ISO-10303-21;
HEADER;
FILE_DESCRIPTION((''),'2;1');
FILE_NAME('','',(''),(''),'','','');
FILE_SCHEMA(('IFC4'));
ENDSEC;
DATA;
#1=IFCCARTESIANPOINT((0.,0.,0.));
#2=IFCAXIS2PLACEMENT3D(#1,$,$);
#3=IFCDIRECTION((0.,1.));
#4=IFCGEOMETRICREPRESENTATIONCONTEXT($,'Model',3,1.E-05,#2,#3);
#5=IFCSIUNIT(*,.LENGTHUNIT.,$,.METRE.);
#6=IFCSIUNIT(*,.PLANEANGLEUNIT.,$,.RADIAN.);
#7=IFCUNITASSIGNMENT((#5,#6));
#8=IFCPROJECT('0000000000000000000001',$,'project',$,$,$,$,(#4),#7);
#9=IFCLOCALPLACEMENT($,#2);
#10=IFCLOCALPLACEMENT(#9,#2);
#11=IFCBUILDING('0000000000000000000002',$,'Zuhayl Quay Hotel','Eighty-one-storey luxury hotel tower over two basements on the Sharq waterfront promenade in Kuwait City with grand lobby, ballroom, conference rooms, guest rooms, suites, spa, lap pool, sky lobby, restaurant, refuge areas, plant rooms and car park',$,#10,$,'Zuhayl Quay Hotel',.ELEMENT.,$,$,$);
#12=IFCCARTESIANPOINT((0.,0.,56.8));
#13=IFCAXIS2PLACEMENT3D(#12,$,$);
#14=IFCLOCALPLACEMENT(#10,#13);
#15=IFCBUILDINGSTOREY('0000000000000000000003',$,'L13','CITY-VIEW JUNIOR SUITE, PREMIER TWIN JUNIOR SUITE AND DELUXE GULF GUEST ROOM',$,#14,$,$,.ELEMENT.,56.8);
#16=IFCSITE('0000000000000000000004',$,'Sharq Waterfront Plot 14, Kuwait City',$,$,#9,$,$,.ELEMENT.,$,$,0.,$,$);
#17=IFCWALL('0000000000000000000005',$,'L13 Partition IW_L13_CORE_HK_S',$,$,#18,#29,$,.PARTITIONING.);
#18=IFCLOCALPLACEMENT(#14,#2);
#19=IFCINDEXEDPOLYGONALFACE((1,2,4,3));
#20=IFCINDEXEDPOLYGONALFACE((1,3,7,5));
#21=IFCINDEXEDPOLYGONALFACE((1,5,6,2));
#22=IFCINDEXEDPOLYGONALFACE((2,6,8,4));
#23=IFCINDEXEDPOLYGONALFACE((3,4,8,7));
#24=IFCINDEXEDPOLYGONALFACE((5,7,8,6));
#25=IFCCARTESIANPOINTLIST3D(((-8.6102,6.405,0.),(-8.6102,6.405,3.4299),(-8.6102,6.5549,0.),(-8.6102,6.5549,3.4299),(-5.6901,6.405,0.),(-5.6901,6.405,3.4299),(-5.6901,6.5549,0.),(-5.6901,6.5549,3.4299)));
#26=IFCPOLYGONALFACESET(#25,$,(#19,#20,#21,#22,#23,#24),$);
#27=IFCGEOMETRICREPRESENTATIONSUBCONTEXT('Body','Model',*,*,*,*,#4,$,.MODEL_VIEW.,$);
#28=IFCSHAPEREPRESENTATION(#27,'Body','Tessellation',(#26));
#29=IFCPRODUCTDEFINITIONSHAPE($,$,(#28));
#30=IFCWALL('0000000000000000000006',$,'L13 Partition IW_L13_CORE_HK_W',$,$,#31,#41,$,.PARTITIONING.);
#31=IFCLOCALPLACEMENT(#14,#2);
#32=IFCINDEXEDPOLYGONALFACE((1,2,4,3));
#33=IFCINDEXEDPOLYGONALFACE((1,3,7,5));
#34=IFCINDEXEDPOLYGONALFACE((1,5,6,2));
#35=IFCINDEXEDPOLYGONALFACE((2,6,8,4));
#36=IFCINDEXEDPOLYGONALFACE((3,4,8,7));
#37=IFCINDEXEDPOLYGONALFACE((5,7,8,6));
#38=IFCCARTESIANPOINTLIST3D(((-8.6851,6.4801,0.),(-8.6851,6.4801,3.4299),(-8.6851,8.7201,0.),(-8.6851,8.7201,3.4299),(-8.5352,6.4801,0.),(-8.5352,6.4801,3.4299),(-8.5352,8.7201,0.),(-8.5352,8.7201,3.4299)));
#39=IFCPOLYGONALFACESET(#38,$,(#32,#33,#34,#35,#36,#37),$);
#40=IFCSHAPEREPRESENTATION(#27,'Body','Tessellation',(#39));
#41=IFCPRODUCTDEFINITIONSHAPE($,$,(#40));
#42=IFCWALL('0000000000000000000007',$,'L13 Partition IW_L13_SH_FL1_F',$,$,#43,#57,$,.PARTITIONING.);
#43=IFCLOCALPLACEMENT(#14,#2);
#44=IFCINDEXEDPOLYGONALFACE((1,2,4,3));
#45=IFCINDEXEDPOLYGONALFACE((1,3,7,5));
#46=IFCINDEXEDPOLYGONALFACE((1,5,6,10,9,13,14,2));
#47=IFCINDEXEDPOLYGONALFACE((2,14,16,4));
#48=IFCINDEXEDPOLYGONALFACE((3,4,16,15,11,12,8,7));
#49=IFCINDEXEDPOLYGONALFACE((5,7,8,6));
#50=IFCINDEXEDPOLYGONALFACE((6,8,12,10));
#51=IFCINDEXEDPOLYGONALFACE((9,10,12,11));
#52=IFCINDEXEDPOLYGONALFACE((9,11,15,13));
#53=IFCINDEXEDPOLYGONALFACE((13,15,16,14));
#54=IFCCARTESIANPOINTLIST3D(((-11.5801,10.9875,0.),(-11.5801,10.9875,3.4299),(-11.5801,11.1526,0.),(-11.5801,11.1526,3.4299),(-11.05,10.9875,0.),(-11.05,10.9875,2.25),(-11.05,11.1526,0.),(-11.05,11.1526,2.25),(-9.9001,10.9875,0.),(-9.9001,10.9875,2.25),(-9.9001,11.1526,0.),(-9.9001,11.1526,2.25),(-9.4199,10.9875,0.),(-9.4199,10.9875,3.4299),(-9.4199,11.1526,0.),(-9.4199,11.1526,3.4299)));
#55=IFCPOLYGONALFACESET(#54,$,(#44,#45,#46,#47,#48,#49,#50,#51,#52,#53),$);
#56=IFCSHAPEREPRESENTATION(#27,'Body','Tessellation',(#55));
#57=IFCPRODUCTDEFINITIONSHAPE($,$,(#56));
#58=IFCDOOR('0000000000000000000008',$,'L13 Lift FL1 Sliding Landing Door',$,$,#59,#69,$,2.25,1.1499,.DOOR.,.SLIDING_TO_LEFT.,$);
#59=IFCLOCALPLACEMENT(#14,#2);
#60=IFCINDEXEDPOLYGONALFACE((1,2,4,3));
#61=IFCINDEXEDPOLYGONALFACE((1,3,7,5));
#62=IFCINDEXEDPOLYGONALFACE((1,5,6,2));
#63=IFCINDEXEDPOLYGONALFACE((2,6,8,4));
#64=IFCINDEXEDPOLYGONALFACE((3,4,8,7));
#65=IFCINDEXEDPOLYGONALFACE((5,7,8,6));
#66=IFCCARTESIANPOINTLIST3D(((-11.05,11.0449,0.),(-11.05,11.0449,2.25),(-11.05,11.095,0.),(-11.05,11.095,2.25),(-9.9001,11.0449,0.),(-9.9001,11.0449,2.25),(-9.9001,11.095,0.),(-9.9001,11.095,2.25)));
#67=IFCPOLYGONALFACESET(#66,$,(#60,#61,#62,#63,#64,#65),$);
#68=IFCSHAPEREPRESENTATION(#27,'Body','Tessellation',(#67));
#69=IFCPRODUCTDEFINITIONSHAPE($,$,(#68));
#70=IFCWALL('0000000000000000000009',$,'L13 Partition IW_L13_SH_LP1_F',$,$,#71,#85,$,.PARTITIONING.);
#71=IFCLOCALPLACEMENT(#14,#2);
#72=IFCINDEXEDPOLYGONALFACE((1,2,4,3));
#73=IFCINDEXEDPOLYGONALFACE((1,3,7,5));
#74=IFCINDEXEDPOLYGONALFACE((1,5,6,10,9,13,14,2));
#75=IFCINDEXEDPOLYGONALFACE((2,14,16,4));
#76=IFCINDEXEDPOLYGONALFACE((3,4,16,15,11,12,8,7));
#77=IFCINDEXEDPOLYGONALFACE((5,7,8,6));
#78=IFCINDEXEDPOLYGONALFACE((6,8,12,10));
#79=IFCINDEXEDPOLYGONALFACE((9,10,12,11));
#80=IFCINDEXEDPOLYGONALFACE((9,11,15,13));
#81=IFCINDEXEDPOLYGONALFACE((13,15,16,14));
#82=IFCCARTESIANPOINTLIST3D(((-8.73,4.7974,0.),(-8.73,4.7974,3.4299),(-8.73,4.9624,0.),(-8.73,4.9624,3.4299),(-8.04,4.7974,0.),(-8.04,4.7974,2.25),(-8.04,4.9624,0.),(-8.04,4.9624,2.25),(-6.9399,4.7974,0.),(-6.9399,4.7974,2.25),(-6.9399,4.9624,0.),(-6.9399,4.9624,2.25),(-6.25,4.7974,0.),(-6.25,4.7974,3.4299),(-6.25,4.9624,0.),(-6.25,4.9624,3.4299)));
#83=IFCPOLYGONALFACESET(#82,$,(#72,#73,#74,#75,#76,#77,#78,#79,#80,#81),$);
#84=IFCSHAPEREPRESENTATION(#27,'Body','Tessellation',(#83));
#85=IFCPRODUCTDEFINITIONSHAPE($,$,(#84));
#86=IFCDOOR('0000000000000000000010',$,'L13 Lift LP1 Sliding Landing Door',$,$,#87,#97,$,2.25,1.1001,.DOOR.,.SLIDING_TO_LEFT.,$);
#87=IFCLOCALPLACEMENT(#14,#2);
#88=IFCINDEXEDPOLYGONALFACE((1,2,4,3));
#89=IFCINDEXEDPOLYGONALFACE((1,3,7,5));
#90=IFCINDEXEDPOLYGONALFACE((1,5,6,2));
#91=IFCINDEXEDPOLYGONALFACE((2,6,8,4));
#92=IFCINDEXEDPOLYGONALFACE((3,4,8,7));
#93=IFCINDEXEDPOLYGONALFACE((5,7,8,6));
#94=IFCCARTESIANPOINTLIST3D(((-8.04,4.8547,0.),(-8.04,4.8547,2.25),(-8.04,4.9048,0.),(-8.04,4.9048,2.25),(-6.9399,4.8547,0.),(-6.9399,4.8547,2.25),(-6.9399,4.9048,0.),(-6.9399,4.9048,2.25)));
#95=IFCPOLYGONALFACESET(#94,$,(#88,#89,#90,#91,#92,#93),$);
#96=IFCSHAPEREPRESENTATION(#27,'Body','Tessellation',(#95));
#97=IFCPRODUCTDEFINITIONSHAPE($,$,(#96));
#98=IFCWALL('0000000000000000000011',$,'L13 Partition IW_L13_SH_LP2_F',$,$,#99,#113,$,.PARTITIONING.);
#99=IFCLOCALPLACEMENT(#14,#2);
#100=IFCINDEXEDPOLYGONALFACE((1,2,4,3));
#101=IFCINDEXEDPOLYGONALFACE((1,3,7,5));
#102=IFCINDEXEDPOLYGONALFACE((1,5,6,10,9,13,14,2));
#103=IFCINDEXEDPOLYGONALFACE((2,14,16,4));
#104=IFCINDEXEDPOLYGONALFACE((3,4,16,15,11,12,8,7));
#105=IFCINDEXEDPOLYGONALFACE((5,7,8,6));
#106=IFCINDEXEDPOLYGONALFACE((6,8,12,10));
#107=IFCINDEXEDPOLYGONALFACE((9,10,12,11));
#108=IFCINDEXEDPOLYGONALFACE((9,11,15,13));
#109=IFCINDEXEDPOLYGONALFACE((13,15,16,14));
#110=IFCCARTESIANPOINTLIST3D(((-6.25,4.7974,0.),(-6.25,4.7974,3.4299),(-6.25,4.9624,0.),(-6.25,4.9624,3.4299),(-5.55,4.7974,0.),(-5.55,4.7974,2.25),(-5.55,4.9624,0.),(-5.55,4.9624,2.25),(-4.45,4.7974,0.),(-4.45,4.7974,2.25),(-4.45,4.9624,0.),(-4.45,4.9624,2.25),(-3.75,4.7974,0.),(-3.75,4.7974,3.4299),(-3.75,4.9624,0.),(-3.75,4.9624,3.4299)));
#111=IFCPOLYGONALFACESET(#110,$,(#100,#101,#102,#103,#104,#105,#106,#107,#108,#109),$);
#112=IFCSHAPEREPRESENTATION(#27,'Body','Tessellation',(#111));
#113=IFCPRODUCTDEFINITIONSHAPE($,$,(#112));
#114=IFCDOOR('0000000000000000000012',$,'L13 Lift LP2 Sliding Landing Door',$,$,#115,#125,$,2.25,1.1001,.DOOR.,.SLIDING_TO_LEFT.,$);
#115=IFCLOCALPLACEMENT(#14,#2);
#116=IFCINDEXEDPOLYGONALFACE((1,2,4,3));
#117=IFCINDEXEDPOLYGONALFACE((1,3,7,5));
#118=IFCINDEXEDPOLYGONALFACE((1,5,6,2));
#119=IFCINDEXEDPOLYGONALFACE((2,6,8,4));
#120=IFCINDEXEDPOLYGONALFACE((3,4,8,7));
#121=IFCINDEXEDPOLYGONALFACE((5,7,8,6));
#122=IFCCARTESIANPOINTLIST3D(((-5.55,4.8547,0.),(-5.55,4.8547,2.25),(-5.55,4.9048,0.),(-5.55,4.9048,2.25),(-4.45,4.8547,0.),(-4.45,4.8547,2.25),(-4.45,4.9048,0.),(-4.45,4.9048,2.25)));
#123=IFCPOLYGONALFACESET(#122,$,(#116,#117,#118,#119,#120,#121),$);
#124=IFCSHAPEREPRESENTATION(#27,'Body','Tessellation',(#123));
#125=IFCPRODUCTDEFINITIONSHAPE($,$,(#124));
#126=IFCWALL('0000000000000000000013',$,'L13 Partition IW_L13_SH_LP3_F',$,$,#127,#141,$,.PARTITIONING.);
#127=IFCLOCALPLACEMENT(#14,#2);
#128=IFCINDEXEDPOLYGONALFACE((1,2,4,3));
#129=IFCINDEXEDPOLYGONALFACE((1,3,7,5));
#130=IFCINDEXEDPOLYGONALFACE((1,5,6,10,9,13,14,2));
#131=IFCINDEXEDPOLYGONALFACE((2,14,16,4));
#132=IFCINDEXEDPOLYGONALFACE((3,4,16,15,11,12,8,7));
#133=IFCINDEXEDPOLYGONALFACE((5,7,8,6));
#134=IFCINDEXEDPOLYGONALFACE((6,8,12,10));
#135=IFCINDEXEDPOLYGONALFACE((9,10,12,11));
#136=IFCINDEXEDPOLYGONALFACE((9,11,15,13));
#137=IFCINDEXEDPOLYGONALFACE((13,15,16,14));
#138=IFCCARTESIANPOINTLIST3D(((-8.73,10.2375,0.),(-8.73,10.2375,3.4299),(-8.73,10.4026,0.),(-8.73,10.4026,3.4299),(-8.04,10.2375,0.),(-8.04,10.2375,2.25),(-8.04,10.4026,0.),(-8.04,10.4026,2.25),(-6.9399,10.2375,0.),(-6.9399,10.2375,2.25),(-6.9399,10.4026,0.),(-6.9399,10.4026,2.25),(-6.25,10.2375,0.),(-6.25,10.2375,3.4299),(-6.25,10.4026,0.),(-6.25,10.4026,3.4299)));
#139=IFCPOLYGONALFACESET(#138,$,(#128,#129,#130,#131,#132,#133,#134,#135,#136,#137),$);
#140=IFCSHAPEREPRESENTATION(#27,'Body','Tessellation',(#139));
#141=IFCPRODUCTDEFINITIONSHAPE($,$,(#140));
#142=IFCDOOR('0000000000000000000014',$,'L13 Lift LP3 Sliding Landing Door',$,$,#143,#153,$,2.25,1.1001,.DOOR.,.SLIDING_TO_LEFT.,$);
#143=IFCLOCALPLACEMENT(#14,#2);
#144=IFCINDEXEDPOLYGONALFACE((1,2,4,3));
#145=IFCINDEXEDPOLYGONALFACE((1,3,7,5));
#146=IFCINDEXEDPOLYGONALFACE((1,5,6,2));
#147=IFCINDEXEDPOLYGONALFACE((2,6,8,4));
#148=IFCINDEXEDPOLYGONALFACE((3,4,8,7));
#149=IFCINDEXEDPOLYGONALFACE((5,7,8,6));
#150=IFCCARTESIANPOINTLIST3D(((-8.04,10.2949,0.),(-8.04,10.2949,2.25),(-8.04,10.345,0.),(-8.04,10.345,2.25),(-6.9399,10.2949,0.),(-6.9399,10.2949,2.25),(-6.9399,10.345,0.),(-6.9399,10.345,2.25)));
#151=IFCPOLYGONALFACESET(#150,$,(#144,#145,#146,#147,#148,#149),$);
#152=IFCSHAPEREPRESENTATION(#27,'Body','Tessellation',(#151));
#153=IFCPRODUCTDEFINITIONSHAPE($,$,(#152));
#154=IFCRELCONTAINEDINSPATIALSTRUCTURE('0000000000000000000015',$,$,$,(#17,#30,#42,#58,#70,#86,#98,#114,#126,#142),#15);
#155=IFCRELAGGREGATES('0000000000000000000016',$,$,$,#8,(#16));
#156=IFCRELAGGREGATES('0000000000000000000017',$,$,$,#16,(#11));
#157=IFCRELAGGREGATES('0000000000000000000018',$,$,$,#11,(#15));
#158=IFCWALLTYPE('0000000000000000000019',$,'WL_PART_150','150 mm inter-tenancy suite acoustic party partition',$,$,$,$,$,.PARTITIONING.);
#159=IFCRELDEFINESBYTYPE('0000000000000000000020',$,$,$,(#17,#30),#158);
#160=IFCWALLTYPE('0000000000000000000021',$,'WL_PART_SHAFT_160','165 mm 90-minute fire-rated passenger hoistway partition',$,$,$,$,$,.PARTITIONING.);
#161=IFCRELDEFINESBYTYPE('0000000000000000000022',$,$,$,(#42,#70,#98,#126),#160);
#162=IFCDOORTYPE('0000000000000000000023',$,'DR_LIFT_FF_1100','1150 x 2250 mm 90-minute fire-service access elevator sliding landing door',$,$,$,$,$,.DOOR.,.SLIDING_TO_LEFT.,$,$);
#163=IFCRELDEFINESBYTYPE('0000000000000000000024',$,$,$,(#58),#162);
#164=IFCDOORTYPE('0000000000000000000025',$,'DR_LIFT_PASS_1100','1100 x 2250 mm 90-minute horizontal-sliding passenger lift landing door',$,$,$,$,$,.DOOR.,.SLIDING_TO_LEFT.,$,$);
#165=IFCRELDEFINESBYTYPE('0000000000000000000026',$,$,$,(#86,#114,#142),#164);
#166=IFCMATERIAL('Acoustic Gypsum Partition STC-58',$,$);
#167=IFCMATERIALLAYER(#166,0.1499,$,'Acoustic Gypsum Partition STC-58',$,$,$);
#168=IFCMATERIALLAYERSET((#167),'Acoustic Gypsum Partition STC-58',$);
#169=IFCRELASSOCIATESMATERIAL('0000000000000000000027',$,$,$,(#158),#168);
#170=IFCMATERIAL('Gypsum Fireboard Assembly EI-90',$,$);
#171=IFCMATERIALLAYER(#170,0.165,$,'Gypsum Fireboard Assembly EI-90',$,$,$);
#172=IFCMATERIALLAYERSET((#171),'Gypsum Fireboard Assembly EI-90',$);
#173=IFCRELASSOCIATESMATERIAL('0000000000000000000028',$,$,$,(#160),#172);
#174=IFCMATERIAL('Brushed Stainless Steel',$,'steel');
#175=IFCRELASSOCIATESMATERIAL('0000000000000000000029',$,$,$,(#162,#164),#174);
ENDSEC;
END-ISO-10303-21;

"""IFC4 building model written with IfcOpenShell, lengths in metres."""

from ifc_helpers import new_model, si_unit, direction, frame, frame_2d, origin, place, context, subcontext, project, spatial, rectangle, extrude, material, layer, layer_set, type_object, element, fill, save


model = new_model("IFC4")

# Units and contexts
model_context = context("Model", 3, precision=1e-05, world=origin(), true_north=direction((0.0, 1.0)))
body_context = subcontext(model_context, "Body", "Model", "MODEL_VIEW")
ifc_project = project(units=[si_unit("LENGTHUNIT", "METRE"), si_unit("PLANEANGLEUNIT", "RADIAN")], contexts=[model_context])

# Site, building, storey
site_placement = place(None, origin())
site = spatial("IfcSite", under=ifc_project, at=site_placement, Name="Sharq Waterfront Plot 14, Kuwait City", CompositionType="ELEMENT", RefElevation=0.0)
building_placement = place(site_placement, origin())
building = spatial("IfcBuilding", under=site, at=building_placement, Name="Zuhayl Quay Hotel", Description="Eighty-one-storey luxury hotel tower over two basements on the Sharq waterfront promenade in Kuwait City with grand lobby, ballroom, conference rooms, guest rooms, suites, spa, lap pool, sky lobby, restaurant, refuge areas, plant rooms and car park", LongName="Zuhayl Quay Hotel", CompositionType="ELEMENT")
storey_placement = place(building_placement, frame((0.0, 0.0, 56.8)))
storey = spatial("IfcBuildingStorey", under=building, at=storey_placement, Name="L13", Description="CITY-VIEW JUNIOR SUITE, PREMIER TWIN JUNIOR SUITE AND DELUXE GULF GUEST ROOM", CompositionType="ELEMENT", Elevation=56.8)

# Shared definitions
ifc_material_1 = material(Name="Acoustic Gypsum Partition STC-58")
ifc_layer_1 = layer(ifc_material_1, 0.1499, Name="Acoustic Gypsum Partition STC-58")
ifc_layer_set_1 = layer_set([ifc_layer_1], Name="Acoustic Gypsum Partition STC-58")
wall_type_1 = type_object("IfcWallType", Name="WL_PART_150", Description="150 mm inter-tenancy suite acoustic party partition", PredefinedType="PARTITIONING", material=ifc_layer_set_1)

# Walls
wall_1_placement = place(storey_placement, frame((-8.6101, 6.48, 0.0), z_axis=(0.0, 0.0, 1.0), x_axis=(1.0, 0.0, 0.0)))
element("IfcWall", 1, at=wall_1_placement, inside=storey, type_object=wall_type_1, Name="L13 Partition IW_L13_CORE_HK_S", PredefinedType="PARTITIONING", context=body_context, shape_type="SweptSolid", body=[
    extrude(rectangle(XDim=2.9202, YDim=0.1499, at=frame_2d((1.46, 0.0))), origin(), (0.0, 0.0, 1.0), 3.4299),
])
wall_2_placement = place(storey_placement, frame((-8.6101, 6.48, 0.0), z_axis=(0.0, 0.0, 1.0), x_axis=(0.0, 1.0, 0.0)))
element("IfcWall", 2, at=wall_2_placement, inside=storey, type_object=wall_type_1, Name="L13 Partition IW_L13_CORE_HK_W", PredefinedType="PARTITIONING", context=body_context, shape_type="SweptSolid", body=[
    extrude(rectangle(XDim=2.24, YDim=0.1499, at=frame_2d((1.1201, 0.0))), origin(), (0.0, 0.0, 1.0), 3.4299),
])

# Walls, openings, doors
ifc_material_2 = material(Name="Gypsum Fireboard Assembly EI-90")
ifc_layer_2 = layer(ifc_material_2, 0.165, Name="Gypsum Fireboard Assembly EI-90")
ifc_layer_set_2 = layer_set([ifc_layer_2], Name="Gypsum Fireboard Assembly EI-90")
wall_type_2 = type_object("IfcWallType", Name="WL_PART_SHAFT_160", Description="165 mm 90-minute fire-rated passenger hoistway partition", PredefinedType="PARTITIONING", material=ifc_layer_set_2)
wall_3_placement = place(storey_placement, frame((-11.5801, 11.0701, 0.0), z_axis=(0.0, 0.0, 1.0), x_axis=(1.0, 0.0, 0.0)))
wall_3 = element("IfcWall", 3, at=wall_3_placement, inside=storey, type_object=wall_type_2, Name="L13 Partition IW_L13_SH_FL1_F", PredefinedType="PARTITIONING", context=body_context, shape_type="SweptSolid", body=[
    extrude(rectangle(XDim=2.1602, YDim=0.165, at=frame_2d((1.0801, 0.0))), origin(), (0.0, 0.0, 1.0), 3.4299),
])
opening_1_placement = place(wall_3_placement, frame((0.53, 0.0, 0.0)))
opening_1 = element("IfcOpeningElement", 4, at=opening_1_placement, cuts=wall_3, PredefinedType="OPENING", context=body_context, shape_type="SweptSolid", body=[
    extrude(rectangle(XDim=1.1499, YDim=2.25, at=frame_2d((0.575, 1.125))), frame((0.0, 0.0925, 0.0), z_axis=(0.0, -1.0, 0.0), x_axis=(1.0, 0.0, 0.0)), (0.0, 0.0, 1.0), 0.1851),
])
ifc_material_3 = material(Name="Brushed Stainless Steel", Category="steel")
door_type_1 = type_object("IfcDoorType", Name="DR_LIFT_FF_1100", Description="1150 x 2250 mm 90-minute fire-service access elevator sliding landing door", OperationType="SLIDING_TO_LEFT", PredefinedType="DOOR", material=ifc_material_3)
door_1_placement = place(opening_1_placement, origin())
door_1 = element("IfcDoor", 5, at=door_1_placement, inside=storey, type_object=door_type_1, Name="L13 Lift FL1 Sliding Landing Door", OperationType="SLIDING_TO_LEFT", OverallHeight=2.25, OverallWidth=1.1499, PredefinedType="DOOR", context=body_context, shape_type="SweptSolid", body=[
    extrude(rectangle(XDim=1.1499, YDim=2.25, at=frame_2d((0.575, 1.125))), frame((0.0, 0.0249, 0.0), z_axis=(0.0, -1.0, 0.0), x_axis=(1.0, 0.0, 0.0)), (0.0, 0.0, 1.0), 0.05),
])
fill(opening_1, door_1)
wall_4_placement = place(storey_placement, frame((-8.73, 4.8799, 0.0), z_axis=(0.0, 0.0, 1.0), x_axis=(1.0, 0.0, 0.0)))
wall_4 = element("IfcWall", 6, at=wall_4_placement, inside=storey, type_object=wall_type_2, Name="L13 Partition IW_L13_SH_LP1_F", PredefinedType="PARTITIONING", context=body_context, shape_type="SweptSolid", body=[
    extrude(rectangle(XDim=2.48, YDim=0.165, at=frame_2d((1.24, 0.0))), origin(), (0.0, 0.0, 1.0), 3.4299),
])
opening_2_placement = place(wall_4_placement, frame((0.6899, 0.0, 0.0)))
opening_2 = element("IfcOpeningElement", 7, at=opening_2_placement, cuts=wall_4, PredefinedType="OPENING", context=body_context, shape_type="SweptSolid", body=[
    extrude(rectangle(XDim=1.1001, YDim=2.25, at=frame_2d((0.55, 1.125))), frame((0.0, 0.0925, 0.0), z_axis=(0.0, -1.0, 0.0), x_axis=(1.0, 0.0, 0.0)), (0.0, 0.0, 1.0), 0.1851),
])
door_type_2 = type_object("IfcDoorType", Name="DR_LIFT_PASS_1100", Description="1100 x 2250 mm 90-minute horizontal-sliding passenger lift landing door", OperationType="SLIDING_TO_LEFT", PredefinedType="DOOR", material=ifc_material_3)
door_2_placement = place(opening_2_placement, origin())
door_2 = element("IfcDoor", 8, at=door_2_placement, inside=storey, type_object=door_type_2, Name="L13 Lift LP1 Sliding Landing Door", OperationType="SLIDING_TO_LEFT", OverallHeight=2.25, OverallWidth=1.1001, PredefinedType="DOOR", context=body_context, shape_type="SweptSolid", body=[
    extrude(rectangle(XDim=1.1001, YDim=2.25, at=frame_2d((0.55, 1.125))), frame((0.0, 0.0249, 0.0), z_axis=(0.0, -1.0, 0.0), x_axis=(1.0, 0.0, 0.0)), (0.0, 0.0, 1.0), 0.05),
])
fill(opening_2, door_2)
wall_5_placement = place(storey_placement, frame((-6.25, 4.8799, 0.0), z_axis=(0.0, 0.0, 1.0), x_axis=(1.0, 0.0, 0.0)))
wall_5 = element("IfcWall", 9, at=wall_5_placement, inside=storey, type_object=wall_type_2, Name="L13 Partition IW_L13_SH_LP2_F", PredefinedType="PARTITIONING", context=body_context, shape_type="SweptSolid", body=[
    extrude(rectangle(XDim=2.5, YDim=0.165, at=frame_2d((1.25, 0.0))), origin(), (0.0, 0.0, 1.0), 3.4299),
])
opening_3_placement = place(wall_5_placement, frame((0.7, 0.0, 0.0)))
opening_3 = element("IfcOpeningElement", 10, at=opening_3_placement, cuts=wall_5, PredefinedType="OPENING", context=body_context, shape_type="SweptSolid", body=[
    extrude(rectangle(XDim=1.1001, YDim=2.25, at=frame_2d((0.55, 1.125))), frame((0.0, 0.0925, 0.0), z_axis=(0.0, -1.0, 0.0), x_axis=(1.0, 0.0, 0.0)), (0.0, 0.0, 1.0), 0.1851),
])
door_3_placement = place(opening_3_placement, origin())
door_3 = element("IfcDoor", 11, at=door_3_placement, inside=storey, type_object=door_type_2, Name="L13 Lift LP2 Sliding Landing Door", OperationType="SLIDING_TO_LEFT", OverallHeight=2.25, OverallWidth=1.1001, PredefinedType="DOOR", context=body_context, shape_type="SweptSolid", body=[
    extrude(rectangle(XDim=1.1001, YDim=2.25, at=frame_2d((0.55, 1.125))), frame((0.0, 0.0249, 0.0), z_axis=(0.0, -1.0, 0.0), x_axis=(1.0, 0.0, 0.0)), (0.0, 0.0, 1.0), 0.05),
])
fill(opening_3, door_3)
wall_6_placement = place(storey_placement, frame((-8.73, 10.3201, 0.0), z_axis=(0.0, 0.0, 1.0), x_axis=(1.0, 0.0, 0.0)))
wall_6 = element("IfcWall", 12, at=wall_6_placement, inside=storey, type_object=wall_type_2, Name="L13 Partition IW_L13_SH_LP3_F", PredefinedType="PARTITIONING", context=body_context, shape_type="SweptSolid", body=[
    extrude(rectangle(XDim=2.48, YDim=0.165, at=frame_2d((1.24, 0.0))), origin(), (0.0, 0.0, 1.0), 3.4299),
])
opening_4_placement = place(wall_6_placement, frame((0.6899, 0.0, 0.0)))
opening_4 = element("IfcOpeningElement", 13, at=opening_4_placement, cuts=wall_6, PredefinedType="OPENING", context=body_context, shape_type="SweptSolid", body=[
    extrude(rectangle(XDim=1.1001, YDim=2.25, at=frame_2d((0.55, 1.125))), frame((0.0, 0.0925, 0.0), z_axis=(0.0, -1.0, 0.0), x_axis=(1.0, 0.0, 0.0)), (0.0, 0.0, 1.0), 0.1851),
])
door_4_placement = place(opening_4_placement, origin())
door_4 = element("IfcDoor", 14, at=door_4_placement, inside=storey, type_object=door_type_2, Name="L13 Lift LP3 Sliding Landing Door", OperationType="SLIDING_TO_LEFT", OverallHeight=2.25, OverallWidth=1.1001, PredefinedType="DOOR", context=body_context, shape_type="SweptSolid", body=[
    extrude(rectangle(XDim=1.1001, YDim=2.25, at=frame_2d((0.55, 1.125))), frame((0.0, 0.0249, 0.0), z_axis=(0.0, -1.0, 0.0), x_axis=(1.0, 0.0, 0.0)), (0.0, 0.0, 1.0), 0.05),
])
fill(opening_4, door_4)

save(model, "model.ifc")
